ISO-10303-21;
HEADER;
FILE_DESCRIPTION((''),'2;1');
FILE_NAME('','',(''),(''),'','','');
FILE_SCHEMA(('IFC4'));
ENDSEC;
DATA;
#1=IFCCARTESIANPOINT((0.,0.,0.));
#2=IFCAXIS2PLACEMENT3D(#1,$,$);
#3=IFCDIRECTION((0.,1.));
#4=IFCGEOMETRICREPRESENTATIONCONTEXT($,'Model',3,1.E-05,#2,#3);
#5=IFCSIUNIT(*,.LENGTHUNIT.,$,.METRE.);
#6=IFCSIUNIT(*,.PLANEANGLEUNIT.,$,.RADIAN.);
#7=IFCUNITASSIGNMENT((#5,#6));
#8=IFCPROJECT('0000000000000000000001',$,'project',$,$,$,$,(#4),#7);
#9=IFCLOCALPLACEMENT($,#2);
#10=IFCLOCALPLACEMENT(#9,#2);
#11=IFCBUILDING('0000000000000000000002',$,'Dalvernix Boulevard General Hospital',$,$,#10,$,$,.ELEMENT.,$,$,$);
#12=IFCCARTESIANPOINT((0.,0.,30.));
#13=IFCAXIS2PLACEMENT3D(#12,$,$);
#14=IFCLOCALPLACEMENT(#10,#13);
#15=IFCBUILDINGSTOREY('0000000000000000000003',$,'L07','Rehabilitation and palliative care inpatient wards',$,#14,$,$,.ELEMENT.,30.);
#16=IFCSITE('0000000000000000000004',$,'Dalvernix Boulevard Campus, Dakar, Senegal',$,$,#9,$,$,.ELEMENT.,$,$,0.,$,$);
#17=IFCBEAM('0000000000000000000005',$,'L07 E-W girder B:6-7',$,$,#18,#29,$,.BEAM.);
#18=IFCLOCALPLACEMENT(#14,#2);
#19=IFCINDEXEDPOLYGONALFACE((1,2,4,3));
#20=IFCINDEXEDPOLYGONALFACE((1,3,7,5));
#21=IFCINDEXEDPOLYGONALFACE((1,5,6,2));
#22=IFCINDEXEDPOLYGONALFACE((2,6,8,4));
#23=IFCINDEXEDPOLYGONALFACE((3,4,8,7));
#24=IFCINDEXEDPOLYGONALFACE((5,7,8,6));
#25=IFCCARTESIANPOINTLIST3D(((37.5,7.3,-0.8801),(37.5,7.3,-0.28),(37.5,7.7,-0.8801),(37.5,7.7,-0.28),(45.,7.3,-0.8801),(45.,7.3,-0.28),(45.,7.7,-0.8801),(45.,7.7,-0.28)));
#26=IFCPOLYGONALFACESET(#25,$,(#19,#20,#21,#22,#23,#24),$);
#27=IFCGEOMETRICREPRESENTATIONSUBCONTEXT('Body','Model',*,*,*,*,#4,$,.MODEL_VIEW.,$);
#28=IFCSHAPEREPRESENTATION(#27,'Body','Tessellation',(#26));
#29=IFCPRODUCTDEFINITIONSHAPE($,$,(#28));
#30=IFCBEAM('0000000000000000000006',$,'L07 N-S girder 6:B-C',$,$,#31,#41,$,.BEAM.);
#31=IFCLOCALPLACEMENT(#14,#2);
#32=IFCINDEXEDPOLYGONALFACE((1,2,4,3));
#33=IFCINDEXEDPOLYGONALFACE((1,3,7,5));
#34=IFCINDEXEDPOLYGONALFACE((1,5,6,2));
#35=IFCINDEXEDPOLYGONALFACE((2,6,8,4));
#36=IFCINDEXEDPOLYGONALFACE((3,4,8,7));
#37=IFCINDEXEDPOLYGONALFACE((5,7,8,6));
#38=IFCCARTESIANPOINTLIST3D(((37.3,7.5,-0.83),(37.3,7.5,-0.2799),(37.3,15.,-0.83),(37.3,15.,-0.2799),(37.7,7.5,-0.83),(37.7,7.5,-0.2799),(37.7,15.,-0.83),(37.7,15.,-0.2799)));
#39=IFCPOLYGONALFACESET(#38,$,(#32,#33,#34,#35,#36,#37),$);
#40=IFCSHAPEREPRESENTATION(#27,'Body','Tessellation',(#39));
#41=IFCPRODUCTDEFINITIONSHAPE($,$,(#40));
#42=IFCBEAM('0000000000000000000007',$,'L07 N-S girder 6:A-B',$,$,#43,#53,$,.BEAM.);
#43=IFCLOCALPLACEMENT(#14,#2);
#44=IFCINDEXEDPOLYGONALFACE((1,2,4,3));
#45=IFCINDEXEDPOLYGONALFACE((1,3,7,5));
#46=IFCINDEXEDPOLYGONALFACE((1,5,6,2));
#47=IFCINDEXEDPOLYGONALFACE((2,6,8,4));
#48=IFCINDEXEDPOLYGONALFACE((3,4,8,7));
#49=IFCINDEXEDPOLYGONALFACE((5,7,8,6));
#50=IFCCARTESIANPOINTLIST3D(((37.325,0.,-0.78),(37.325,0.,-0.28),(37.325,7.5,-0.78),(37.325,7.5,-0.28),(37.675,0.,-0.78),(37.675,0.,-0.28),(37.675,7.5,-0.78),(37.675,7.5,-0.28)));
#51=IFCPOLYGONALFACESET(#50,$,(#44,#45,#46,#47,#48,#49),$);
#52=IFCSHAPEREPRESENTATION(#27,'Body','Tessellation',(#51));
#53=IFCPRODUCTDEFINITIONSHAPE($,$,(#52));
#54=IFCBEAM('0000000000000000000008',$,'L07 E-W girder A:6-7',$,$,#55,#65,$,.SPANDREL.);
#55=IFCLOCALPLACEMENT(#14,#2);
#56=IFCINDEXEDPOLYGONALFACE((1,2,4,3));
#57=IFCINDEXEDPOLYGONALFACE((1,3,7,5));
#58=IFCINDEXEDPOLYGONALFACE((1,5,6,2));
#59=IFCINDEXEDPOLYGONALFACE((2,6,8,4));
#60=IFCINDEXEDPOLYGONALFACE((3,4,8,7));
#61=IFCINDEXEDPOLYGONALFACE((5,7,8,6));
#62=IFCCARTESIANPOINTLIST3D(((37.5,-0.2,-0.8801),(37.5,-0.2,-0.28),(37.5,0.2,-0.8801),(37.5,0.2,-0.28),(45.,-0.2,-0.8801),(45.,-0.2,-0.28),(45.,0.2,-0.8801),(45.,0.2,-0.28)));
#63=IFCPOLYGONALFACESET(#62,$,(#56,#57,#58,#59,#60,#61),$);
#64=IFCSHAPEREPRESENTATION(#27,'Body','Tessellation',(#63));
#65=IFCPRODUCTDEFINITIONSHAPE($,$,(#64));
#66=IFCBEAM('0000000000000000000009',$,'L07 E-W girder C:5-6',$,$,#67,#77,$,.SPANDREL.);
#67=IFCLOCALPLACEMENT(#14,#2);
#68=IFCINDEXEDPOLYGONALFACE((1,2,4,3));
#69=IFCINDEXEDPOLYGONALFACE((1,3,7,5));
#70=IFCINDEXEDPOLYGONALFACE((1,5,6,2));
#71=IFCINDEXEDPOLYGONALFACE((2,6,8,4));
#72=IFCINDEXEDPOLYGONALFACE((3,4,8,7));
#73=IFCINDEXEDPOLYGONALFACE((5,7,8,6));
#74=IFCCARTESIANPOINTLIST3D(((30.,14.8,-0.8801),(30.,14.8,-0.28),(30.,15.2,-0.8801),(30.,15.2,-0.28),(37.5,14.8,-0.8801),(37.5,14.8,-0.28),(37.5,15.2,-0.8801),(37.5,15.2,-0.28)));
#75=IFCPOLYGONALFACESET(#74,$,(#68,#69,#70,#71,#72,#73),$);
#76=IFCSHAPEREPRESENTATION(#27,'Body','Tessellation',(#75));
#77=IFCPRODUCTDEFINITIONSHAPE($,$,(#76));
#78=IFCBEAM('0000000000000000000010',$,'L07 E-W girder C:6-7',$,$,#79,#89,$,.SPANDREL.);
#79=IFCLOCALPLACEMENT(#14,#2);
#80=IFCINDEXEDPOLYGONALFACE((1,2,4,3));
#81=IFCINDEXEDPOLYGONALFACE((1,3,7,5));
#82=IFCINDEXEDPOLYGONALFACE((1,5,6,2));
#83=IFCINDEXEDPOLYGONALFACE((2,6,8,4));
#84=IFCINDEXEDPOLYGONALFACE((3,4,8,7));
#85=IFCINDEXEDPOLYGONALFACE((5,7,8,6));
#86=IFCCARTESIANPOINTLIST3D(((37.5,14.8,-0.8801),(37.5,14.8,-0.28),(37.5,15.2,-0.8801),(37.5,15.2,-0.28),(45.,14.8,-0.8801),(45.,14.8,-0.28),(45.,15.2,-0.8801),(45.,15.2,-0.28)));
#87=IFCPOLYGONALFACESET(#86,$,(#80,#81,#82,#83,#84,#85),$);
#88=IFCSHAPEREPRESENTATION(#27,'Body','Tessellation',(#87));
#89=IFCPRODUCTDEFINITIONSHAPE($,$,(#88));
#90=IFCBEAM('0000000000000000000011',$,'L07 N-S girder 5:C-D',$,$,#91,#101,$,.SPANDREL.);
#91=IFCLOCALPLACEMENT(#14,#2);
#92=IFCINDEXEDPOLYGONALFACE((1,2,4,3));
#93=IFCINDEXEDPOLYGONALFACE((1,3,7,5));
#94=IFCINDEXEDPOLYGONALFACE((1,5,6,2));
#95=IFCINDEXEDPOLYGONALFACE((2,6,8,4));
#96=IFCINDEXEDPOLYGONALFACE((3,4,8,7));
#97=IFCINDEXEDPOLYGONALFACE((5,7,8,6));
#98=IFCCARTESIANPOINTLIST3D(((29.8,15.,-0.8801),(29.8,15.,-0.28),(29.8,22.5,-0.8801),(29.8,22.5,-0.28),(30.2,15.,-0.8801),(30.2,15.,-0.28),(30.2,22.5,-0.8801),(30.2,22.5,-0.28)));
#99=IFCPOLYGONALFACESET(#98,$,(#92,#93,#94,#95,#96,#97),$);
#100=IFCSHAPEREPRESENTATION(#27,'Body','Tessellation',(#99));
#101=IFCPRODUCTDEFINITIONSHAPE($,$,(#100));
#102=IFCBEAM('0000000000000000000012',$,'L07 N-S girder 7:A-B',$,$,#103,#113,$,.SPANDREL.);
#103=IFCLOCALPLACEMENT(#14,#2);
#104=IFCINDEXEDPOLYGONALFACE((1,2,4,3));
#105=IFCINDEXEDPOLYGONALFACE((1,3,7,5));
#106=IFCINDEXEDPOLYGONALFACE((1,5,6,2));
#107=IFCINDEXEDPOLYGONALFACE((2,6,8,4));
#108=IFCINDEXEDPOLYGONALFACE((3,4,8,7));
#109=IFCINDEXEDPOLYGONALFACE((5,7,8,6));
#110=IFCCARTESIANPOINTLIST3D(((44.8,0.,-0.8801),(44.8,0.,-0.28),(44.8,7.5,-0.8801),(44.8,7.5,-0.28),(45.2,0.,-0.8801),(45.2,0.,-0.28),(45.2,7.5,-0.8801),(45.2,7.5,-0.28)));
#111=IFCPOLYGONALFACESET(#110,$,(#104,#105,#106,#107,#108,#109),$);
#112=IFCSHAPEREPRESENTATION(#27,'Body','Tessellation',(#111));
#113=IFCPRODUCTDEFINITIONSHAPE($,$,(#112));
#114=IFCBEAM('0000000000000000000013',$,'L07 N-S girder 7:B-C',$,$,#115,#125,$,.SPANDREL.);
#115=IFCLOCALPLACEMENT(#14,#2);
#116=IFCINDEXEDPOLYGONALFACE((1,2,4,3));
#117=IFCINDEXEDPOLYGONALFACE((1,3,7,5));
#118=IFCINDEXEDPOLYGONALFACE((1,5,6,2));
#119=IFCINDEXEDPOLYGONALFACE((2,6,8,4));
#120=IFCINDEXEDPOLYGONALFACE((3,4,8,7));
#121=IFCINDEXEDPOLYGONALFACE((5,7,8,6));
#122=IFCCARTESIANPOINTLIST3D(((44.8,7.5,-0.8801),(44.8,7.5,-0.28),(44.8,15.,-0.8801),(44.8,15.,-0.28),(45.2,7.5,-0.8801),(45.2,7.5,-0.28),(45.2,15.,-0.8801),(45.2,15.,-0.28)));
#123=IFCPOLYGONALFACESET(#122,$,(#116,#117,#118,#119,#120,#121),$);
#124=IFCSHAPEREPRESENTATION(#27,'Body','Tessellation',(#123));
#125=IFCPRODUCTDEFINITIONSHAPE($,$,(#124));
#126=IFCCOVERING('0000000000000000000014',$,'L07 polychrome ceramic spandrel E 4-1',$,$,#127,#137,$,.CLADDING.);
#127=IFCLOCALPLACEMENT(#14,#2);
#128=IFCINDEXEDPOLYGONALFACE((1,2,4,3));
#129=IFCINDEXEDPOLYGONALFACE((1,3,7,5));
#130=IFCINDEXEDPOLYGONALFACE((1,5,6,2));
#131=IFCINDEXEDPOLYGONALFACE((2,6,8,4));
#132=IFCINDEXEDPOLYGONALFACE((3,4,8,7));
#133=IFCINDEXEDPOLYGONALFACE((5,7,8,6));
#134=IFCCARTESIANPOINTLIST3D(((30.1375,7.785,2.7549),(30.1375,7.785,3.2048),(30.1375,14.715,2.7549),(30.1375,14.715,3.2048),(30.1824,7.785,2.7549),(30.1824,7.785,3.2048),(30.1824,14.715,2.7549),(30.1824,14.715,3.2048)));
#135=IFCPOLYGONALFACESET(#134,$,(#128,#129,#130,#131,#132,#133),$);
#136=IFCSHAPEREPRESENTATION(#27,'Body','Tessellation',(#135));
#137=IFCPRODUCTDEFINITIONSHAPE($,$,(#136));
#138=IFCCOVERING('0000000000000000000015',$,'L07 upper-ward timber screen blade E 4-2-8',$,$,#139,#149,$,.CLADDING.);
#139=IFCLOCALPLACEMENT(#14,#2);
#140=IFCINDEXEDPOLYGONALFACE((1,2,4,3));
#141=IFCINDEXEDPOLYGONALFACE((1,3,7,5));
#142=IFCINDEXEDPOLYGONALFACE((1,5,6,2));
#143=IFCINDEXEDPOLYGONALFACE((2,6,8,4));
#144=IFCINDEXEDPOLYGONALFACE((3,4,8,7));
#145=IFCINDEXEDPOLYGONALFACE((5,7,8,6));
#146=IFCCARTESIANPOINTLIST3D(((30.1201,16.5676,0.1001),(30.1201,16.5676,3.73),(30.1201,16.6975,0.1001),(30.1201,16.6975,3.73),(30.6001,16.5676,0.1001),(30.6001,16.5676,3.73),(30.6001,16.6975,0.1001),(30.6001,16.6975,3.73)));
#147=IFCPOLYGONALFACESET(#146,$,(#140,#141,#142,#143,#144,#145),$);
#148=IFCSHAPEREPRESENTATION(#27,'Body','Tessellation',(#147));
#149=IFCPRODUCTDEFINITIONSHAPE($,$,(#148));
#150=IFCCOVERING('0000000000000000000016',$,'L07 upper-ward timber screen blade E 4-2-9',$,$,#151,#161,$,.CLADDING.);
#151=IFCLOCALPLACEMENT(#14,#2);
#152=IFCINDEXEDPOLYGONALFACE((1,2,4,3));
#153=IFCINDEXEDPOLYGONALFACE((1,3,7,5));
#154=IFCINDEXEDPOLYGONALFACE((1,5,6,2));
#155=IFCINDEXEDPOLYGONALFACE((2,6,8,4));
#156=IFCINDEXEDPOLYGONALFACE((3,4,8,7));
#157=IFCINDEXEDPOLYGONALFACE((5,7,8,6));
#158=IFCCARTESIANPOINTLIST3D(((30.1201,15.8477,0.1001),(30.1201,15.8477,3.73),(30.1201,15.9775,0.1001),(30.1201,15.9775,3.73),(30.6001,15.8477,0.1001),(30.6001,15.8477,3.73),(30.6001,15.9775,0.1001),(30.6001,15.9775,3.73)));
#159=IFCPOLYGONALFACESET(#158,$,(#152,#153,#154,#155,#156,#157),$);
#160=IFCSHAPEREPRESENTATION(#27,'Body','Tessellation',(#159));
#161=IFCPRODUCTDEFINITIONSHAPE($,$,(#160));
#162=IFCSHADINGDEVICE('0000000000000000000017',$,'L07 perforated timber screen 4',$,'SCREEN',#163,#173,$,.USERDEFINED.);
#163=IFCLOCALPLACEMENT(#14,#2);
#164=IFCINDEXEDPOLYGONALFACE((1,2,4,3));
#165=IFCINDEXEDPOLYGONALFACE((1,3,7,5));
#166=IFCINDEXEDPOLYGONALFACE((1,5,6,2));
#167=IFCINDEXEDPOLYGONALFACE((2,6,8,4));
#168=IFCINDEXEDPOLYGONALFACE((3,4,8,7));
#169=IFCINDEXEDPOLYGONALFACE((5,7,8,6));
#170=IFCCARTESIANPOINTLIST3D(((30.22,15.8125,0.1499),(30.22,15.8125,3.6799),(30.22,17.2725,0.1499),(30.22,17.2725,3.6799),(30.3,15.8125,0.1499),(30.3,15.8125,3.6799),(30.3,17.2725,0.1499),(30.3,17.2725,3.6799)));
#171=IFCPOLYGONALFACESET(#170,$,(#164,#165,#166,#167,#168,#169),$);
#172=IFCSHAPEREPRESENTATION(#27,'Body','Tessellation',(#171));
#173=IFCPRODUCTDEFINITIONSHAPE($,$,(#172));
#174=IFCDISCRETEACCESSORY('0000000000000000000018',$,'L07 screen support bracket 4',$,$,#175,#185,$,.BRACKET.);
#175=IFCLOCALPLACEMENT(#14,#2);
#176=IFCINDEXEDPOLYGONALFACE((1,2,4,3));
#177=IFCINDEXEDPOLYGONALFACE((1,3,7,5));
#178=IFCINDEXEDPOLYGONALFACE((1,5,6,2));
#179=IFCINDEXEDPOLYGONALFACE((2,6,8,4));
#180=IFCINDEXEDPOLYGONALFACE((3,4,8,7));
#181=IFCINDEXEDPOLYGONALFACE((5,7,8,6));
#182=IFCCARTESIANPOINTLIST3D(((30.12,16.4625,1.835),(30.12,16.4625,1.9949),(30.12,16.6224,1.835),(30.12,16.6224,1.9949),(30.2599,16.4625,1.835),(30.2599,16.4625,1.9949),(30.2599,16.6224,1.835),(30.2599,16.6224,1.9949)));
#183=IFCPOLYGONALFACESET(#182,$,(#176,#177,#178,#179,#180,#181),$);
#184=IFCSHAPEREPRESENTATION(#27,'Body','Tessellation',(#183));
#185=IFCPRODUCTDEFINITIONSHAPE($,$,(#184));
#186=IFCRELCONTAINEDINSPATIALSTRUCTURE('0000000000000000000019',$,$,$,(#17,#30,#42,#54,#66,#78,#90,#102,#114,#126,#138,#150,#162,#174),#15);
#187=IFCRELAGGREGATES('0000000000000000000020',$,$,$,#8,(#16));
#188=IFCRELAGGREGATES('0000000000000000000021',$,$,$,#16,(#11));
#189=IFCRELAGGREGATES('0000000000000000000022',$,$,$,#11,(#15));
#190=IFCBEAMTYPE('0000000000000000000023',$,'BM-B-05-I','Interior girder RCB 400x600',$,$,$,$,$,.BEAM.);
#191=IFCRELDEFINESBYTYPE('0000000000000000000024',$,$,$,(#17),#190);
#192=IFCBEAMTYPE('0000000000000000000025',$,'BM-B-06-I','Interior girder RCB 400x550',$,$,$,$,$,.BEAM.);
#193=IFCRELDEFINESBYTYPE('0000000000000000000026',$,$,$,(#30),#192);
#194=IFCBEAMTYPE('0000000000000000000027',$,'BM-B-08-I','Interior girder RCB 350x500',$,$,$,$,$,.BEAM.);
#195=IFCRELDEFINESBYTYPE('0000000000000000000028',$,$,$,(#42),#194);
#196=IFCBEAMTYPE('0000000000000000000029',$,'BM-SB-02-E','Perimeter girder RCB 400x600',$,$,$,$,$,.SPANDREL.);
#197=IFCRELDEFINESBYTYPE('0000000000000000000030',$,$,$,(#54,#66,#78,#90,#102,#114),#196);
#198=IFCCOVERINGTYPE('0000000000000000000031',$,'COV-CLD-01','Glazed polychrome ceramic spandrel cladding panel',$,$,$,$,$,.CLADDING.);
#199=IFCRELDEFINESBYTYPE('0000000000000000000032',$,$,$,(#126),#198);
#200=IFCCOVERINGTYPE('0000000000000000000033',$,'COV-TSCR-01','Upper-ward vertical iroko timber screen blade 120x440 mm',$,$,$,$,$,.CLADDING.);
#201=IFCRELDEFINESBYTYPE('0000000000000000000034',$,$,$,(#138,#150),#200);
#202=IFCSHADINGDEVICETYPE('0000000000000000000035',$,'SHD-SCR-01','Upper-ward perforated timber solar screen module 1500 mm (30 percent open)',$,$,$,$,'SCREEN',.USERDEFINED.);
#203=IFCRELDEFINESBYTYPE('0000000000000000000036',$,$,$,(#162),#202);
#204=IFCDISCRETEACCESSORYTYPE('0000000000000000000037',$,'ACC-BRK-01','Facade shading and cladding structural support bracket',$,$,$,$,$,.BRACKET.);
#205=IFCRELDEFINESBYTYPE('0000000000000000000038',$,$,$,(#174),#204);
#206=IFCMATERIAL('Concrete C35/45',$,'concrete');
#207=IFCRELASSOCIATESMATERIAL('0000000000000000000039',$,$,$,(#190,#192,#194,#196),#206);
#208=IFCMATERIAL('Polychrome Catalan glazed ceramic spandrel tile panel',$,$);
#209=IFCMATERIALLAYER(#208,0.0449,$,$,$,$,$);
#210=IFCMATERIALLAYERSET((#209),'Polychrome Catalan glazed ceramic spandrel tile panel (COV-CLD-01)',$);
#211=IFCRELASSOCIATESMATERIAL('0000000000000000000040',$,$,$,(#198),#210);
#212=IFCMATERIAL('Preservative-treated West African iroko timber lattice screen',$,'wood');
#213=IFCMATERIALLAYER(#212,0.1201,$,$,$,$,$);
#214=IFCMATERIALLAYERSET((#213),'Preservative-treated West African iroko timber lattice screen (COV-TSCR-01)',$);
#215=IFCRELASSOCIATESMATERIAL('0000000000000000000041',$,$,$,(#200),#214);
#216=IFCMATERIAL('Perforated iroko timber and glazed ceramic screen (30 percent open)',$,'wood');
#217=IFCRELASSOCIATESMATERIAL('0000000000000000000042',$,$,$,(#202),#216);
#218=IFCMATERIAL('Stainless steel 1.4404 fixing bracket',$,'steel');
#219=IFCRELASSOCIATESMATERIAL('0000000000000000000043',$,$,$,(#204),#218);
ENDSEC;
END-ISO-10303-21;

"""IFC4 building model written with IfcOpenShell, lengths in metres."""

from ifc_helpers import new_model, si_unit, direction, frame, origin, origin_2d, place, context, subcontext, project, spatial, rectangle, extrude, material, layer, layer_set, material_profile, profile_set, type_object, element, save


model = new_model("IFC4")

# Units and contexts
model_context = context("Model", 3, precision=1e-05, world=origin(), true_north=direction((0.0, 1.0)))
body_context = subcontext(model_context, "Body", "Model", "MODEL_VIEW")
ifc_project = project(units=[si_unit("LENGTHUNIT", "METRE"), si_unit("PLANEANGLEUNIT", "RADIAN")], contexts=[model_context])

# Site, building, storey
site_placement = place(None, origin())
site = spatial("IfcSite", under=ifc_project, at=site_placement, Name="Dalvernix Boulevard Campus, Dakar, Senegal", CompositionType="ELEMENT", RefElevation=0.0)
building_placement = place(site_placement, origin())
building = spatial("IfcBuilding", under=site, at=building_placement, Name="Dalvernix Boulevard General Hospital", CompositionType="ELEMENT")
storey_placement = place(building_placement, frame((0.0, 0.0, 30.0)))
storey = spatial("IfcBuildingStorey", under=building, at=storey_placement, Name="L07", Description="Rehabilitation and palliative care inpatient wards", CompositionType="ELEMENT", Elevation=30.0)

# Beams
ifc_material_1 = material(Name="Concrete C35/45", Category="concrete")
ifc_material_profile_1 = material_profile(ifc_material_1, rectangle(XDim=0.3999, YDim=0.6001, at=origin_2d()), Name="RCB 400x600")
ifc_profile_set_1 = profile_set([ifc_material_profile_1], Name="Concrete C35/45")
beam_type_1 = type_object("IfcBeamType", Name="BM-B-05-I", Description="Interior girder RCB 400x600", PredefinedType="BEAM", material=ifc_profile_set_1)
beam_1_placement = place(storey_placement, frame((37.5, 7.5, -0.5801), z_axis=(1.0, 0.0, 0.0), x_axis=(0.0, 1.0, 0.0)))
element("IfcBeam", 1, at=beam_1_placement, inside=storey, type_object=beam_type_1, Name="L07 E-W girder B:6-7", PredefinedType="BEAM", context=body_context, shape_type="SweptSolid", body=[
    extrude(rectangle(XDim=0.3999, YDim=0.6001, at=origin_2d()), origin(), (0.0, 0.0, 1.0), 7.5),
])
ifc_material_profile_2 = material_profile(ifc_material_1, rectangle(XDim=0.3999, YDim=0.55, at=origin_2d()), Name="RCB 400x550")
ifc_profile_set_2 = profile_set([ifc_material_profile_2], Name="Concrete C35/45")
beam_type_2 = type_object("IfcBeamType", Name="BM-B-06-I", Description="Interior girder RCB 400x550", PredefinedType="BEAM", material=ifc_profile_set_2)
beam_2_placement = place(storey_placement, frame((37.5, 7.5, -0.5549), z_axis=(0.0, 1.0, 0.0), x_axis=(-1.0, 0.0, 0.0)))
element("IfcBeam", 2, at=beam_2_placement, inside=storey, type_object=beam_type_2, Name="L07 N-S girder 6:B-C", PredefinedType="BEAM", context=body_context, shape_type="SweptSolid", body=[
    extrude(rectangle(XDim=0.3999, YDim=0.55, at=origin_2d()), origin(), (0.0, 0.0, 1.0), 7.5),
])
ifc_material_profile_3 = material_profile(ifc_material_1, rectangle(XDim=0.3501, YDim=0.5, at=origin_2d()), Name="RCB 350x500")
ifc_profile_set_3 = profile_set([ifc_material_profile_3], Name="Concrete C35/45")
beam_type_3 = type_object("IfcBeamType", Name="BM-B-08-I", Description="Interior girder RCB 350x500", PredefinedType="BEAM", material=ifc_profile_set_3)
beam_3_placement = place(storey_placement, frame((37.5, 0.0, -0.53), z_axis=(0.0, 1.0, 0.0), x_axis=(-1.0, 0.0, 0.0)))
element("IfcBeam", 3, at=beam_3_placement, inside=storey, type_object=beam_type_3, Name="L07 N-S girder 6:A-B", PredefinedType="BEAM", context=body_context, shape_type="SweptSolid", body=[
    extrude(rectangle(XDim=0.3501, YDim=0.5, at=origin_2d()), origin(), (0.0, 0.0, 1.0), 7.5),
])
ifc_material_profile_4 = material_profile(ifc_material_1, rectangle(XDim=0.3999, YDim=0.6001, at=origin_2d()), Name="RCB 400x600")
ifc_profile_set_4 = profile_set([ifc_material_profile_4], Name="Concrete C35/45")
beam_type_4 = type_object("IfcBeamType", Name="BM-SB-02-E", Description="Perimeter girder RCB 400x600", PredefinedType="SPANDREL", material=ifc_profile_set_4)
for number, where, z_axis, x_axis, name in (
    (4, (37.5, 0.0, -0.5801), (1.0, 0.0, 0.0), (0.0, 1.0, 0.0), "L07 E-W girder A:6-7"),
    (5, (30.0, 15.0, -0.5801), (1.0, 0.0, 0.0), (0.0, 1.0, 0.0), "L07 E-W girder C:5-6"),
    (6, (37.5, 15.0, -0.5801), (1.0, 0.0, 0.0), (0.0, 1.0, 0.0), "L07 E-W girder C:6-7"),
    (7, (30.0, 15.0, -0.5801), (0.0, 1.0, 0.0), (-1.0, 0.0, 0.0), "L07 N-S girder 5:C-D"),
    (8, (45.0, 0.0, -0.5801), (0.0, 1.0, 0.0), (-1.0, 0.0, 0.0), "L07 N-S girder 7:A-B"),
    (9, (45.0, 7.5, -0.5801), (0.0, 1.0, 0.0), (-1.0, 0.0, 0.0), "L07 N-S girder 7:B-C"),
):
    element("IfcBeam", number, at=place(storey_placement, frame(where, z_axis=z_axis, x_axis=x_axis)), inside=storey, type_object=beam_type_4, Name=name, PredefinedType="SPANDREL", context=body_context, shape_type="SweptSolid", body=[
        extrude(rectangle(XDim=0.3999, YDim=0.6001, at=origin_2d()), origin(), (0.0, 0.0, 1.0), 7.5),
    ])

# Coverings
ifc_material_2 = material(Name="Polychrome Catalan glazed ceramic spandrel tile panel")
ifc_layer_1 = layer(ifc_material_2, 0.0449)
ifc_layer_set_1 = layer_set([ifc_layer_1], Name="Polychrome Catalan glazed ceramic spandrel tile panel (COV-CLD-01)")
covering_type_1 = type_object("IfcCoveringType", Name="COV-CLD-01", Description="Glazed polychrome ceramic spandrel cladding panel", PredefinedType="CLADDING", material=ifc_layer_set_1)
covering_placement = place(storey_placement, frame((30.1599, 11.25, 2.7549), z_axis=(0.0, 0.0, 1.0), x_axis=(0.0, -1.0, 0.0)))
element("IfcCovering", 10, at=covering_placement, inside=storey, type_object=covering_type_1, Name="L07 polychrome ceramic spandrel E 4-1", PredefinedType="CLADDING", context=body_context, shape_type="SweptSolid", body=[
    extrude(rectangle(XDim=6.9299, YDim=0.0449, at=origin_2d()), origin(), (0.0, 0.0, 1.0), 0.45),
])
ifc_material_3 = material(Name="Preservative-treated West African iroko timber lattice screen", Category="wood")
ifc_layer_2 = layer(ifc_material_3, 0.1201)
ifc_layer_set_2 = layer_set([ifc_layer_2], Name="Preservative-treated West African iroko timber lattice screen (COV-TSCR-01)")
covering_type_2 = type_object("IfcCoveringType", Name="COV-TSCR-01", Description="Upper-ward vertical iroko timber screen blade 120x440 mm", PredefinedType="CLADDING", material=ifc_layer_set_2)
for number, where, z_axis, x_axis, name in (
    (11, (30.3601, 16.6326, 0.1001), (0.0, 0.0, 1.0), (0.0, -1.0, 0.0), "L07 upper-ward timber screen blade E 4-2-8"),
    (12, (30.3601, 15.9126, 0.1001), (0.0, 0.0, 1.0), (0.0, -1.0, 0.0), "L07 upper-ward timber screen blade E 4-2-9"),
):
    element("IfcCovering", number, at=place(storey_placement, frame(where, z_axis=z_axis, x_axis=x_axis)), inside=storey, type_object=covering_type_2, Name=name, PredefinedType="CLADDING", context=body_context, shape_type="SweptSolid", body=[
        extrude(rectangle(XDim=0.1299, YDim=0.48, at=origin_2d()), origin(), (0.0, 0.0, 1.0), 3.6299),
    ])

# Shading device
ifc_material_4 = material(Name="Perforated iroko timber and glazed ceramic screen (30 percent open)", Category="wood")
shading_device_type = type_object("IfcShadingDeviceType", Name="SHD-SCR-01", Description="Upper-ward perforated timber solar screen module 1500 mm (30 percent open)", ElementType="SCREEN", PredefinedType="USERDEFINED", material=ifc_material_4)
shading_device_placement = place(storey_placement, frame((30.26, 16.5425, 0.1499), z_axis=(0.0, 0.0, 1.0), x_axis=(0.0, -1.0, 0.0)))
element("IfcShadingDevice", 13, at=shading_device_placement, inside=storey, type_object=shading_device_type, Name="L07 perforated timber screen 4", ObjectType="SCREEN", PredefinedType="USERDEFINED", context=body_context, shape_type="SweptSolid", body=[
    extrude(rectangle(XDim=1.46, YDim=0.0801, at=origin_2d()), origin(), (0.0, 0.0, 1.0), 3.53),
])

# Discrete accessory
ifc_material_5 = material(Name="Stainless steel 1.4404 fixing bracket", Category="steel")
discrete_accessory_type = type_object("IfcDiscreteAccessoryType", Name="ACC-BRK-01", Description="Facade shading and cladding structural support bracket", PredefinedType="BRACKET", material=ifc_material_5)
discrete_accessory_placement = place(storey_placement, frame((30.1899, 16.5425, 1.835), z_axis=(0.0, 0.0, 1.0), x_axis=(0.0, -1.0, 0.0)))
element("IfcDiscreteAccessory", 14, at=discrete_accessory_placement, inside=storey, type_object=discrete_accessory_type, Name="L07 screen support bracket 4", PredefinedType="BRACKET", context=body_context, shape_type="SweptSolid", body=[
    extrude(rectangle(XDim=0.1599, YDim=0.1399, at=origin_2d()), origin(), (0.0, 0.0, 1.0), 0.1599),
])

save(model, "model.ifc")
